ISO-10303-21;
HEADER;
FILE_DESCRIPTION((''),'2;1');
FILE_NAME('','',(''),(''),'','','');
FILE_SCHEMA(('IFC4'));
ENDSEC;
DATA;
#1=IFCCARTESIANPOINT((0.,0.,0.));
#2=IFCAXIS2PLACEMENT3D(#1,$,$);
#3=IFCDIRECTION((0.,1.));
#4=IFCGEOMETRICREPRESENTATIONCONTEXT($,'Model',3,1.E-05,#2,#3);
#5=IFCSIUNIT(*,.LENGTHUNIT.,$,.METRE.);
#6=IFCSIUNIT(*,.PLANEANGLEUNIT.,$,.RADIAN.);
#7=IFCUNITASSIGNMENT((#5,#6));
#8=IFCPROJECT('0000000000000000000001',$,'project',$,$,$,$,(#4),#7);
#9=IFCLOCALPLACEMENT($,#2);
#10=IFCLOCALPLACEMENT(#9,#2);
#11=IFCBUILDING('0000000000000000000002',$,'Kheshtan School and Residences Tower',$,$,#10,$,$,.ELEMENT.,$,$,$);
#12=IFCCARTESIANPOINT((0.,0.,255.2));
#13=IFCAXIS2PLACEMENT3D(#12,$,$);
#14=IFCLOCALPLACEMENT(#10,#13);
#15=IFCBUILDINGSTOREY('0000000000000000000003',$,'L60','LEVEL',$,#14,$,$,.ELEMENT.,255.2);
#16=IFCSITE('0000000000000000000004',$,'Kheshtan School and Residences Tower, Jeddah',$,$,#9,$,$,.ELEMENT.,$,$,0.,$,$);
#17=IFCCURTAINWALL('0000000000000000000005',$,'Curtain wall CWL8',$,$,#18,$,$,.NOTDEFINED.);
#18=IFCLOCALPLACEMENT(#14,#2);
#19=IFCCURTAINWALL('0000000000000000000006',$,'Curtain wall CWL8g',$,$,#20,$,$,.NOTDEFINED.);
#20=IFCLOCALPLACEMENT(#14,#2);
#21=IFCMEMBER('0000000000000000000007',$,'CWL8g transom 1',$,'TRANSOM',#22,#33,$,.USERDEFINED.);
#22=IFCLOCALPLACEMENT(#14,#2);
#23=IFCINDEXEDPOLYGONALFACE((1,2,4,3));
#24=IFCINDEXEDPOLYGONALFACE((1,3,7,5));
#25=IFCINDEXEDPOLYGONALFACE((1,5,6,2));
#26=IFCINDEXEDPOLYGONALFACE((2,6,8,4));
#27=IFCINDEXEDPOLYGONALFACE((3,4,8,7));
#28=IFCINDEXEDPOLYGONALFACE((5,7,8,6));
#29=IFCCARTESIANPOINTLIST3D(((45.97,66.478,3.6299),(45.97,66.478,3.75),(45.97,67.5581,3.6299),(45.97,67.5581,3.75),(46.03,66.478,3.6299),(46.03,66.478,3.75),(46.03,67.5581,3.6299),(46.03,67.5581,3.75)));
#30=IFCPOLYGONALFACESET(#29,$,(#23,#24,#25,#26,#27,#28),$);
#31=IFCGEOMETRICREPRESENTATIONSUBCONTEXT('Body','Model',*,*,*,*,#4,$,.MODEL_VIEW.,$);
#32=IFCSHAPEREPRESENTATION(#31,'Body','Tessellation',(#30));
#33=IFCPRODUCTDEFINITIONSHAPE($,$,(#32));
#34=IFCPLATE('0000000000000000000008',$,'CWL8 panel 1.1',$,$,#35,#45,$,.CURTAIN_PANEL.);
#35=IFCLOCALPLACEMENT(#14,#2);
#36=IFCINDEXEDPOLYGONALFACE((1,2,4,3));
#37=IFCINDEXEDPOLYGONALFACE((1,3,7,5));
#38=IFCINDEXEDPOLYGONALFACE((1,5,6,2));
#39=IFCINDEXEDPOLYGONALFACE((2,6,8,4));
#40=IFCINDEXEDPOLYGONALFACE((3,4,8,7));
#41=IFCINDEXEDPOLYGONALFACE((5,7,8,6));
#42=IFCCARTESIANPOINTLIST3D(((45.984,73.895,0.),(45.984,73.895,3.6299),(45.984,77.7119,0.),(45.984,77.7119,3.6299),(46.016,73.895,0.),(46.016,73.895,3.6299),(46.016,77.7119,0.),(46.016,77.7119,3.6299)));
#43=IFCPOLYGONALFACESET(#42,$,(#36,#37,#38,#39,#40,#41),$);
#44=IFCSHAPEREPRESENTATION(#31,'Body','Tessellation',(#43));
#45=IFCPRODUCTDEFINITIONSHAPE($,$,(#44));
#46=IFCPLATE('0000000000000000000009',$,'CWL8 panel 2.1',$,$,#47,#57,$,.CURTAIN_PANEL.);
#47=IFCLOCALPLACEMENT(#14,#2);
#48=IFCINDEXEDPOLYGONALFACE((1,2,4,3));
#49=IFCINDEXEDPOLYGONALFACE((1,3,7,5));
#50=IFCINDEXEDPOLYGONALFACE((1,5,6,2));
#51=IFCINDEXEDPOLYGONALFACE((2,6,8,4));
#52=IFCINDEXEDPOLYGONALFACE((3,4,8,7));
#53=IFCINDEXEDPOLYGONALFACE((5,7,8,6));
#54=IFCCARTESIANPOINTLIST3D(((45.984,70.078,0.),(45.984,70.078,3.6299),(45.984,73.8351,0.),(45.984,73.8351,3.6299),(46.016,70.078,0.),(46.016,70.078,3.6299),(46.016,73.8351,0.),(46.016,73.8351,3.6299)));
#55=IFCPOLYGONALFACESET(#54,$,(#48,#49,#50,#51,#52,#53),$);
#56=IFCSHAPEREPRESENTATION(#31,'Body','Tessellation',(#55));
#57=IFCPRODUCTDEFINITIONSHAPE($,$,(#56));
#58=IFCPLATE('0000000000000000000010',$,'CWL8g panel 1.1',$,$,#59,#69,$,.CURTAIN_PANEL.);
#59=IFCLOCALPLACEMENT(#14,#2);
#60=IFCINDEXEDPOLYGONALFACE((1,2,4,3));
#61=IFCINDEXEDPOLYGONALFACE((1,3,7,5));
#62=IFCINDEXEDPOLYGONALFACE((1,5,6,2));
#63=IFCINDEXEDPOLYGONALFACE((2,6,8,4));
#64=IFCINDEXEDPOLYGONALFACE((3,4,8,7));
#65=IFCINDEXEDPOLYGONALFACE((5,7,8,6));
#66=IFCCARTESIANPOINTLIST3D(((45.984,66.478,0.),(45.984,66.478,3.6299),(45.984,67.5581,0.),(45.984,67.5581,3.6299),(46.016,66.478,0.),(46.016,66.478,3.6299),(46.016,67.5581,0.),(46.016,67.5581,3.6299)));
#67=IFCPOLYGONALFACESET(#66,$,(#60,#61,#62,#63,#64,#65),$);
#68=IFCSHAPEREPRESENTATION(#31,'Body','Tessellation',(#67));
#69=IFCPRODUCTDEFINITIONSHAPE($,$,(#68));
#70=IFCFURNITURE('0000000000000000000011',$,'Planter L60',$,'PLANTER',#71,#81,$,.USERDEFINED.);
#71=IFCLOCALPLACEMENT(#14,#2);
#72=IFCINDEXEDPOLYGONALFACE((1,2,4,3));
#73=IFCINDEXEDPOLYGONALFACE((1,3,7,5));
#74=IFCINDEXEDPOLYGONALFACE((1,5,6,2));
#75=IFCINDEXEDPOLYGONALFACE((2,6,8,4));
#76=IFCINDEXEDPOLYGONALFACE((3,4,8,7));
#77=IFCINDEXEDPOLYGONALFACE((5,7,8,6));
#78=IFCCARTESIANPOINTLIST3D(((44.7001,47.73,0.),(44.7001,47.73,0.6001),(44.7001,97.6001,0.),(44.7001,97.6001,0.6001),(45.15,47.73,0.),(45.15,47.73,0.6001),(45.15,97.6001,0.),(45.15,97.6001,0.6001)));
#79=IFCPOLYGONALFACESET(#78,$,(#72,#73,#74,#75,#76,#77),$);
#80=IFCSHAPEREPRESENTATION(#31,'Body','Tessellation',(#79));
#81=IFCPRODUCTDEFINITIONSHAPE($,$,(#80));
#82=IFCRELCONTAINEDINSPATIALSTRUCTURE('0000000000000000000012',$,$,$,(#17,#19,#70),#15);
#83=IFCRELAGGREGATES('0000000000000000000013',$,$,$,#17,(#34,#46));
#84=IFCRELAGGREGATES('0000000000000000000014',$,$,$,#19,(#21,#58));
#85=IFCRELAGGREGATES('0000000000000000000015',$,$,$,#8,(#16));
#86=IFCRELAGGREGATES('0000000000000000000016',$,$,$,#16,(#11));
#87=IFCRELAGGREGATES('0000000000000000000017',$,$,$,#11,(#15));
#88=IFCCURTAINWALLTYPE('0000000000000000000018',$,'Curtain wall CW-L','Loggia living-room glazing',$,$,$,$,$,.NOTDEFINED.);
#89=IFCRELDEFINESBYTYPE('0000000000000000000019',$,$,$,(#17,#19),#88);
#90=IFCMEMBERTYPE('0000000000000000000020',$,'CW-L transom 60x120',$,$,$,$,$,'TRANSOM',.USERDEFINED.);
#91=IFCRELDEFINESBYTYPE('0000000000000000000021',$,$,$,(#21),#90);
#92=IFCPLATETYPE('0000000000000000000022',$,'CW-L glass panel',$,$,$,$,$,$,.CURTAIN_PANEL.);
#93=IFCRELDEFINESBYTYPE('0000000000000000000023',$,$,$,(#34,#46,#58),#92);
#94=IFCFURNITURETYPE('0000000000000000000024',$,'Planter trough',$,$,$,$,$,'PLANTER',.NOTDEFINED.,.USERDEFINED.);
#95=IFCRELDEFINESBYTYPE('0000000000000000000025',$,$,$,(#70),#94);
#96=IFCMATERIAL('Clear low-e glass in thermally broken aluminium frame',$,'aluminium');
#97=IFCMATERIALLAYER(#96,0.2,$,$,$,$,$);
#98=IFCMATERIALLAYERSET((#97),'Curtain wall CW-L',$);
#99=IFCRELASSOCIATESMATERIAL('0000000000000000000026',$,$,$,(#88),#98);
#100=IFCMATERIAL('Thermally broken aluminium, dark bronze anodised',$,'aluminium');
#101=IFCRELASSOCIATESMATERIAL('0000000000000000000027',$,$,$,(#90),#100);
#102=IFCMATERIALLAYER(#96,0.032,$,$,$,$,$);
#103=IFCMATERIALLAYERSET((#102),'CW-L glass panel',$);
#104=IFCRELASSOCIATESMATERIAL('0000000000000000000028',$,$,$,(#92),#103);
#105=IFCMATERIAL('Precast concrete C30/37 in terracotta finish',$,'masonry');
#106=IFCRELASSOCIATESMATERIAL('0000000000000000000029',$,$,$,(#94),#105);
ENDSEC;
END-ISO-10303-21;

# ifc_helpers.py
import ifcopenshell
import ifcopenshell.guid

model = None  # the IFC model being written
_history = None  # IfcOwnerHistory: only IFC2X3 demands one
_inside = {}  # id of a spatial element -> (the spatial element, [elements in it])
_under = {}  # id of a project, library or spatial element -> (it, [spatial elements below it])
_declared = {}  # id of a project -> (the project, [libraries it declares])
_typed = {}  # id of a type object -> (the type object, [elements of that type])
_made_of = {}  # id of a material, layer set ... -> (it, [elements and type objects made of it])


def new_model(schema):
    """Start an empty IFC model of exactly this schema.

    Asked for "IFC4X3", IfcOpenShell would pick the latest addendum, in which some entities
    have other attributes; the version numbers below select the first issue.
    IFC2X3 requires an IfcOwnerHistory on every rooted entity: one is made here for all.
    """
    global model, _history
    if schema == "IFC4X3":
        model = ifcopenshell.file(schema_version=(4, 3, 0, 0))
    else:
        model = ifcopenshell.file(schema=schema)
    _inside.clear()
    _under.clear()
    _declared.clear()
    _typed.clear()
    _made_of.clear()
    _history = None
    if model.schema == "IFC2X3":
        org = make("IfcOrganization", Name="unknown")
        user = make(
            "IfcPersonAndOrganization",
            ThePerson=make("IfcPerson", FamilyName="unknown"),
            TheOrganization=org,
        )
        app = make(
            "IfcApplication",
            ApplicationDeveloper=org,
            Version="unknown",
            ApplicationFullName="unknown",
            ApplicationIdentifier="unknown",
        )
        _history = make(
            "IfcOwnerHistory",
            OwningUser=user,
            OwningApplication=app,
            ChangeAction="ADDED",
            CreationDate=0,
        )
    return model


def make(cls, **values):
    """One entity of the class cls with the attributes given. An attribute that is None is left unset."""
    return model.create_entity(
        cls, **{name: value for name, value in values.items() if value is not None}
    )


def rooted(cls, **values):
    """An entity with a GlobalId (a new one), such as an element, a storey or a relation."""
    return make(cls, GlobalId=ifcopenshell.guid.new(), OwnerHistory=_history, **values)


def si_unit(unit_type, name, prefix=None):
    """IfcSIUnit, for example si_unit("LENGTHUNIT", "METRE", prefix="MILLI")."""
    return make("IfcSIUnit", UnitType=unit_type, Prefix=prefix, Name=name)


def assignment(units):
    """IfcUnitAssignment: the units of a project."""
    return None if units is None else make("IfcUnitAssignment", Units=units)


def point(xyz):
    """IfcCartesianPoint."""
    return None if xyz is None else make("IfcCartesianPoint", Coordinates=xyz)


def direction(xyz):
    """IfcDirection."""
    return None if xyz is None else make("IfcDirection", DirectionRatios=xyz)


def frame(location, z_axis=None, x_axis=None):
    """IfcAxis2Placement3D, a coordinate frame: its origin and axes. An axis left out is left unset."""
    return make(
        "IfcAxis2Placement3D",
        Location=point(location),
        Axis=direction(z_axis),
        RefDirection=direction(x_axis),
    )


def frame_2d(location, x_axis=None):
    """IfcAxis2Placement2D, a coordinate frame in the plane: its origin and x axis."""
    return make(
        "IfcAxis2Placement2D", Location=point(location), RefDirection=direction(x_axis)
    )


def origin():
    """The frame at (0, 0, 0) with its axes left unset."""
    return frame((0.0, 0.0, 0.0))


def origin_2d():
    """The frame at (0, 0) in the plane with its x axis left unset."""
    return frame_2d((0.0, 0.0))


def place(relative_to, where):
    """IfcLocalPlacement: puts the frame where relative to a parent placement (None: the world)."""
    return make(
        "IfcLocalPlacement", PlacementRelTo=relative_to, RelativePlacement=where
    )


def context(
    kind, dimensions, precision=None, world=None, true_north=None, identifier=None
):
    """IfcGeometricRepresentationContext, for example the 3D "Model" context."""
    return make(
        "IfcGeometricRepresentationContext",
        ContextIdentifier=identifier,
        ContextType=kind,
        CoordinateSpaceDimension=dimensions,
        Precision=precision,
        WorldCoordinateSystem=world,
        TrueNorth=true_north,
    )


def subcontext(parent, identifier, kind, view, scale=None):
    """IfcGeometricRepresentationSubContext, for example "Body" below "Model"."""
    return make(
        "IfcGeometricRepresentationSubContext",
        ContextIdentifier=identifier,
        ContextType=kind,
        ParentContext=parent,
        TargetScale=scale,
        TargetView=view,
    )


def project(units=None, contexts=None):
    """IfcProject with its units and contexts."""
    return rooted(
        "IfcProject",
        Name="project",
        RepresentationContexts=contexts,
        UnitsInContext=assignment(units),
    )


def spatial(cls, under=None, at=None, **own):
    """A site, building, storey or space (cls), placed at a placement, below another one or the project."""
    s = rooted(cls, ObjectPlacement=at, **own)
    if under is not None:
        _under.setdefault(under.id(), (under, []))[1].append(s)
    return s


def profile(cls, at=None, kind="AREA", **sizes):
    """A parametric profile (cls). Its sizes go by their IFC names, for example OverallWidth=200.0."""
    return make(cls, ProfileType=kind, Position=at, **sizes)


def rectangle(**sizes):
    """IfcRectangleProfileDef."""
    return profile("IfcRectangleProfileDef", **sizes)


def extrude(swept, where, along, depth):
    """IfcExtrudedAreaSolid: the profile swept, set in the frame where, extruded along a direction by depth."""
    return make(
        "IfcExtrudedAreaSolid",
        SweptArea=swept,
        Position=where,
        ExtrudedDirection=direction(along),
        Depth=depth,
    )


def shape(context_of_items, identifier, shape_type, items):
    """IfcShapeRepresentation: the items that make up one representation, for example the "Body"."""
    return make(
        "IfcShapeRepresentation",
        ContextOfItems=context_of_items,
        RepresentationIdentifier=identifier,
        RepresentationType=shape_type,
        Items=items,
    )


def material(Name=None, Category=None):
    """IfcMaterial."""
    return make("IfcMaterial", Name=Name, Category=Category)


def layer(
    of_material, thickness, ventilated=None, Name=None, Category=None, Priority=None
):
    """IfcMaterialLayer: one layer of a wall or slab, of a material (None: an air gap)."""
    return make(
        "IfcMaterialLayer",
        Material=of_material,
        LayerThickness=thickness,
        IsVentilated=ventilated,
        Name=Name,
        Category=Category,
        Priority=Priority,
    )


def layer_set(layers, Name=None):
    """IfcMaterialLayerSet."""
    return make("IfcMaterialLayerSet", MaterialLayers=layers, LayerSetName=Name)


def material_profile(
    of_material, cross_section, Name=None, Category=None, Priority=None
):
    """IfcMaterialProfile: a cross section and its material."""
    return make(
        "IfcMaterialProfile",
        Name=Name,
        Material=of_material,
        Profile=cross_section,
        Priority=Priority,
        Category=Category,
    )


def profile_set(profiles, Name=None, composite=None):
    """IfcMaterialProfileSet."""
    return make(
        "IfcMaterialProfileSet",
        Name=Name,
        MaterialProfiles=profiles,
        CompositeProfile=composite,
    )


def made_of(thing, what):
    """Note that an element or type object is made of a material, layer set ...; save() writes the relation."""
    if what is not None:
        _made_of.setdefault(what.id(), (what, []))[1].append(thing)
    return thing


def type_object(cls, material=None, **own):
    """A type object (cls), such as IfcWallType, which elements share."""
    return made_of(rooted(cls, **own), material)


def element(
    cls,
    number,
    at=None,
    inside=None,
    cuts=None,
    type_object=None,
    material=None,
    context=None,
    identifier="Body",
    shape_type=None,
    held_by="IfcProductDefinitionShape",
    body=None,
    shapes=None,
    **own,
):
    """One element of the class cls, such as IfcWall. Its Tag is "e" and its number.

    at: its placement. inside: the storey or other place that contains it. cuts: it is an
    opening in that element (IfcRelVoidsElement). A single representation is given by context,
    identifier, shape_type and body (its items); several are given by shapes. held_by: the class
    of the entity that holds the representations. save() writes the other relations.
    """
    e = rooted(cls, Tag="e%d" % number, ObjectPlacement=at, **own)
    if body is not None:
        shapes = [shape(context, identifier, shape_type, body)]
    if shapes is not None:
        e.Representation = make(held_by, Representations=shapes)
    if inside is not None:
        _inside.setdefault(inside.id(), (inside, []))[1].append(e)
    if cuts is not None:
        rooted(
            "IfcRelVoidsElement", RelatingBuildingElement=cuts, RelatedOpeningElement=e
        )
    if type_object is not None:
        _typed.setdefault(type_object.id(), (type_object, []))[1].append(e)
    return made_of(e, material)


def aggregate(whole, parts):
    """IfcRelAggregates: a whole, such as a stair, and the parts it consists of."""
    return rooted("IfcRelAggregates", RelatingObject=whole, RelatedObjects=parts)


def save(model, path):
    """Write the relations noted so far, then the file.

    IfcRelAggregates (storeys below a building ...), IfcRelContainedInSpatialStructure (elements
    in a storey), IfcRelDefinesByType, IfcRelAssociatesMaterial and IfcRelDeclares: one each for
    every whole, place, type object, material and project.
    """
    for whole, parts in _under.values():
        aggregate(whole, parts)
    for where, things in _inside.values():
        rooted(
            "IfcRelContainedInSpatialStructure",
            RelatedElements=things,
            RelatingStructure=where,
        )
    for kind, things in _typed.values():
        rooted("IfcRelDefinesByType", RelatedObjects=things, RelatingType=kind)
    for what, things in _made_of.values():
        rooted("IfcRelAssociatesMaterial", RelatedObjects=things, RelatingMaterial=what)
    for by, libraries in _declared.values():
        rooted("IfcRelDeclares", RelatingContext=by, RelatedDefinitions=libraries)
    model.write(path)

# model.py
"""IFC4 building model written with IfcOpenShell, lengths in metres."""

from ifc_helpers import new_model, si_unit, direction, frame, origin, origin_2d, place, context, subcontext, project, spatial, rectangle, extrude, material, layer, layer_set, material_profile, profile_set, type_object, element, aggregate, save


model = new_model("IFC4")

# Units and contexts
model_context = context("Model", 3, precision=1e-05, world=origin(), true_north=direction((0.0, 1.0)))
body_context = subcontext(model_context, "Body", "Model", "MODEL_VIEW")
ifc_project = project(units=[si_unit("LENGTHUNIT", "METRE"), si_unit("PLANEANGLEUNIT", "RADIAN")], contexts=[model_context])

# Site, building, storey
site_placement = place(None, origin())
site = spatial("IfcSite", under=ifc_project, at=site_placement, Name="Kheshtan School and Residences Tower, Jeddah", CompositionType="ELEMENT", RefElevation=0.0)
building_placement = place(site_placement, origin())
building = spatial("IfcBuilding", under=site, at=building_placement, Name="Kheshtan School and Residences Tower", CompositionType="ELEMENT")
storey_placement = place(building_placement, frame((0.0, 0.0, 255.2)))
storey = spatial("IfcBuildingStorey", under=building, at=storey_placement, Name="L60", Description="LEVEL", CompositionType="ELEMENT", Elevation=255.2)

# Shared definitions
ifc_material_1 = material(Name="Clear low-e glass in thermally broken aluminium frame", Category="aluminium")
ifc_layer_1 = layer(ifc_material_1, 0.2)
ifc_layer_set_1 = layer_set([ifc_layer_1], Name="Curtain wall CW-L")
curtain_wall_type = type_object("IfcCurtainWallType", Name="Curtain wall CW-L", Description="Loggia living-room glazing", PredefinedType="NOTDEFINED", material=ifc_layer_set_1)
ifc_material_2 = material(Name="Thermally broken aluminium, dark bronze anodised", Category="aluminium")

# Curtain walls
curtain_wall_1_placement = place(storey_placement, origin())
curtain_wall_1 = element("IfcCurtainWall", 1, at=curtain_wall_1_placement, inside=storey, type_object=curtain_wall_type, Name="Curtain wall CWL8", PredefinedType="NOTDEFINED")
curtain_wall_2_placement = place(storey_placement, origin())
curtain_wall_2 = element("IfcCurtainWall", 2, at=curtain_wall_2_placement, inside=storey, type_object=curtain_wall_type, Name="Curtain wall CWL8g", PredefinedType="NOTDEFINED")

# Member
ifc_material_profile_1 = material_profile(ifc_material_2, rectangle(XDim=0.0601, YDim=0.1201, at=origin_2d()), Name="CW-L transom 60x120")
ifc_profile_set_1 = profile_set([ifc_material_profile_1], Name="Thermally broken aluminium, dark bronze anodised")
member_type_1 = type_object("IfcMemberType", Name="CW-L transom 60x120", ElementType="TRANSOM", PredefinedType="USERDEFINED", material=ifc_profile_set_1)
member_1_placement = place(storey_placement, frame((46.0, 67.5581, 3.6899), z_axis=(0.0, -1.0, 0.0), x_axis=(1.0, 0.0, 0.0)))
member_1 = element("IfcMember", 3, at=member_1_placement, type_object=member_type_1, Name="CWL8g transom 1", ObjectType="TRANSOM", PredefinedType="USERDEFINED", context=body_context, shape_type="SweptSolid", body=[
    extrude(rectangle(XDim=0.0601, YDim=0.1201, at=origin_2d()), origin(), (0.0, 0.0, 1.0), 1.0801),
])

# Plates
ifc_layer_2 = layer(ifc_material_1, 0.032)
ifc_layer_set_2 = layer_set([ifc_layer_2], Name="CW-L glass panel")
plate_type = type_object("IfcPlateType", Name="CW-L glass panel", PredefinedType="CURTAIN_PANEL", material=ifc_layer_set_2)
plate_1_placement = place(storey_placement, frame((46.0, 75.8035, 0.0), z_axis=(0.0, 0.0, 1.0), x_axis=(0.0, -1.0, 0.0)))
plate_1 = element("IfcPlate", 4, at=plate_1_placement, type_object=plate_type, Name="CWL8 panel 1.1", PredefinedType="CURTAIN_PANEL", context=body_context, shape_type="SweptSolid", body=[
    extrude(rectangle(XDim=3.8169, YDim=0.032, at=origin_2d()), origin(), (0.0, 0.0, 1.0), 3.6299),
])
plate_2_placement = place(storey_placement, frame((46.0, 71.9565, 0.0), z_axis=(0.0, 0.0, 1.0), x_axis=(0.0, -1.0, 0.0)))
plate_2 = element("IfcPlate", 5, at=plate_2_placement, type_object=plate_type, Name="CWL8 panel 2.1", PredefinedType="CURTAIN_PANEL", context=body_context, shape_type="SweptSolid", body=[
    extrude(rectangle(XDim=3.7571, YDim=0.032, at=origin_2d()), origin(), (0.0, 0.0, 1.0), 3.6299),
])
aggregate(curtain_wall_1, [plate_1, plate_2])
plate_3_placement = place(storey_placement, frame((46.0, 67.0181, 0.0), z_axis=(0.0, 0.0, 1.0), x_axis=(0.0, -1.0, 0.0)))
plate_3 = element("IfcPlate", 6, at=plate_3_placement, type_object=plate_type, Name="CWL8g panel 1.1", PredefinedType="CURTAIN_PANEL", context=body_context, shape_type="SweptSolid", body=[
    extrude(rectangle(XDim=1.0801, YDim=0.032, at=origin_2d()), origin(), (0.0, 0.0, 1.0), 3.6299),
])
aggregate(curtain_wall_2, [member_1, plate_3])

# Furniture
ifc_material_3 = material(Name="Precast concrete C30/37 in terracotta finish", Category="masonry")
furniture_type = type_object("IfcFurnitureType", Name="Planter trough", ElementType="PLANTER", AssemblyPlace="NOTDEFINED", PredefinedType="USERDEFINED", material=ifc_material_3)
furniture_placement = place(storey_placement, frame((44.925, 72.665, 0.0), z_axis=(0.0, 0.0, 1.0), x_axis=(0.0, -1.0, 0.0)))
element("IfcFurniture", 7, at=furniture_placement, inside=storey, type_object=furniture_type, Name="Planter L60", ObjectType="PLANTER", PredefinedType="USERDEFINED", context=body_context, shape_type="SweptSolid", body=[
    extrude(rectangle(XDim=49.8701, YDim=0.45, at=origin_2d()), origin(), (0.0, 0.0, 1.0), 0.6001),
])

save(model, "model.ifc")
